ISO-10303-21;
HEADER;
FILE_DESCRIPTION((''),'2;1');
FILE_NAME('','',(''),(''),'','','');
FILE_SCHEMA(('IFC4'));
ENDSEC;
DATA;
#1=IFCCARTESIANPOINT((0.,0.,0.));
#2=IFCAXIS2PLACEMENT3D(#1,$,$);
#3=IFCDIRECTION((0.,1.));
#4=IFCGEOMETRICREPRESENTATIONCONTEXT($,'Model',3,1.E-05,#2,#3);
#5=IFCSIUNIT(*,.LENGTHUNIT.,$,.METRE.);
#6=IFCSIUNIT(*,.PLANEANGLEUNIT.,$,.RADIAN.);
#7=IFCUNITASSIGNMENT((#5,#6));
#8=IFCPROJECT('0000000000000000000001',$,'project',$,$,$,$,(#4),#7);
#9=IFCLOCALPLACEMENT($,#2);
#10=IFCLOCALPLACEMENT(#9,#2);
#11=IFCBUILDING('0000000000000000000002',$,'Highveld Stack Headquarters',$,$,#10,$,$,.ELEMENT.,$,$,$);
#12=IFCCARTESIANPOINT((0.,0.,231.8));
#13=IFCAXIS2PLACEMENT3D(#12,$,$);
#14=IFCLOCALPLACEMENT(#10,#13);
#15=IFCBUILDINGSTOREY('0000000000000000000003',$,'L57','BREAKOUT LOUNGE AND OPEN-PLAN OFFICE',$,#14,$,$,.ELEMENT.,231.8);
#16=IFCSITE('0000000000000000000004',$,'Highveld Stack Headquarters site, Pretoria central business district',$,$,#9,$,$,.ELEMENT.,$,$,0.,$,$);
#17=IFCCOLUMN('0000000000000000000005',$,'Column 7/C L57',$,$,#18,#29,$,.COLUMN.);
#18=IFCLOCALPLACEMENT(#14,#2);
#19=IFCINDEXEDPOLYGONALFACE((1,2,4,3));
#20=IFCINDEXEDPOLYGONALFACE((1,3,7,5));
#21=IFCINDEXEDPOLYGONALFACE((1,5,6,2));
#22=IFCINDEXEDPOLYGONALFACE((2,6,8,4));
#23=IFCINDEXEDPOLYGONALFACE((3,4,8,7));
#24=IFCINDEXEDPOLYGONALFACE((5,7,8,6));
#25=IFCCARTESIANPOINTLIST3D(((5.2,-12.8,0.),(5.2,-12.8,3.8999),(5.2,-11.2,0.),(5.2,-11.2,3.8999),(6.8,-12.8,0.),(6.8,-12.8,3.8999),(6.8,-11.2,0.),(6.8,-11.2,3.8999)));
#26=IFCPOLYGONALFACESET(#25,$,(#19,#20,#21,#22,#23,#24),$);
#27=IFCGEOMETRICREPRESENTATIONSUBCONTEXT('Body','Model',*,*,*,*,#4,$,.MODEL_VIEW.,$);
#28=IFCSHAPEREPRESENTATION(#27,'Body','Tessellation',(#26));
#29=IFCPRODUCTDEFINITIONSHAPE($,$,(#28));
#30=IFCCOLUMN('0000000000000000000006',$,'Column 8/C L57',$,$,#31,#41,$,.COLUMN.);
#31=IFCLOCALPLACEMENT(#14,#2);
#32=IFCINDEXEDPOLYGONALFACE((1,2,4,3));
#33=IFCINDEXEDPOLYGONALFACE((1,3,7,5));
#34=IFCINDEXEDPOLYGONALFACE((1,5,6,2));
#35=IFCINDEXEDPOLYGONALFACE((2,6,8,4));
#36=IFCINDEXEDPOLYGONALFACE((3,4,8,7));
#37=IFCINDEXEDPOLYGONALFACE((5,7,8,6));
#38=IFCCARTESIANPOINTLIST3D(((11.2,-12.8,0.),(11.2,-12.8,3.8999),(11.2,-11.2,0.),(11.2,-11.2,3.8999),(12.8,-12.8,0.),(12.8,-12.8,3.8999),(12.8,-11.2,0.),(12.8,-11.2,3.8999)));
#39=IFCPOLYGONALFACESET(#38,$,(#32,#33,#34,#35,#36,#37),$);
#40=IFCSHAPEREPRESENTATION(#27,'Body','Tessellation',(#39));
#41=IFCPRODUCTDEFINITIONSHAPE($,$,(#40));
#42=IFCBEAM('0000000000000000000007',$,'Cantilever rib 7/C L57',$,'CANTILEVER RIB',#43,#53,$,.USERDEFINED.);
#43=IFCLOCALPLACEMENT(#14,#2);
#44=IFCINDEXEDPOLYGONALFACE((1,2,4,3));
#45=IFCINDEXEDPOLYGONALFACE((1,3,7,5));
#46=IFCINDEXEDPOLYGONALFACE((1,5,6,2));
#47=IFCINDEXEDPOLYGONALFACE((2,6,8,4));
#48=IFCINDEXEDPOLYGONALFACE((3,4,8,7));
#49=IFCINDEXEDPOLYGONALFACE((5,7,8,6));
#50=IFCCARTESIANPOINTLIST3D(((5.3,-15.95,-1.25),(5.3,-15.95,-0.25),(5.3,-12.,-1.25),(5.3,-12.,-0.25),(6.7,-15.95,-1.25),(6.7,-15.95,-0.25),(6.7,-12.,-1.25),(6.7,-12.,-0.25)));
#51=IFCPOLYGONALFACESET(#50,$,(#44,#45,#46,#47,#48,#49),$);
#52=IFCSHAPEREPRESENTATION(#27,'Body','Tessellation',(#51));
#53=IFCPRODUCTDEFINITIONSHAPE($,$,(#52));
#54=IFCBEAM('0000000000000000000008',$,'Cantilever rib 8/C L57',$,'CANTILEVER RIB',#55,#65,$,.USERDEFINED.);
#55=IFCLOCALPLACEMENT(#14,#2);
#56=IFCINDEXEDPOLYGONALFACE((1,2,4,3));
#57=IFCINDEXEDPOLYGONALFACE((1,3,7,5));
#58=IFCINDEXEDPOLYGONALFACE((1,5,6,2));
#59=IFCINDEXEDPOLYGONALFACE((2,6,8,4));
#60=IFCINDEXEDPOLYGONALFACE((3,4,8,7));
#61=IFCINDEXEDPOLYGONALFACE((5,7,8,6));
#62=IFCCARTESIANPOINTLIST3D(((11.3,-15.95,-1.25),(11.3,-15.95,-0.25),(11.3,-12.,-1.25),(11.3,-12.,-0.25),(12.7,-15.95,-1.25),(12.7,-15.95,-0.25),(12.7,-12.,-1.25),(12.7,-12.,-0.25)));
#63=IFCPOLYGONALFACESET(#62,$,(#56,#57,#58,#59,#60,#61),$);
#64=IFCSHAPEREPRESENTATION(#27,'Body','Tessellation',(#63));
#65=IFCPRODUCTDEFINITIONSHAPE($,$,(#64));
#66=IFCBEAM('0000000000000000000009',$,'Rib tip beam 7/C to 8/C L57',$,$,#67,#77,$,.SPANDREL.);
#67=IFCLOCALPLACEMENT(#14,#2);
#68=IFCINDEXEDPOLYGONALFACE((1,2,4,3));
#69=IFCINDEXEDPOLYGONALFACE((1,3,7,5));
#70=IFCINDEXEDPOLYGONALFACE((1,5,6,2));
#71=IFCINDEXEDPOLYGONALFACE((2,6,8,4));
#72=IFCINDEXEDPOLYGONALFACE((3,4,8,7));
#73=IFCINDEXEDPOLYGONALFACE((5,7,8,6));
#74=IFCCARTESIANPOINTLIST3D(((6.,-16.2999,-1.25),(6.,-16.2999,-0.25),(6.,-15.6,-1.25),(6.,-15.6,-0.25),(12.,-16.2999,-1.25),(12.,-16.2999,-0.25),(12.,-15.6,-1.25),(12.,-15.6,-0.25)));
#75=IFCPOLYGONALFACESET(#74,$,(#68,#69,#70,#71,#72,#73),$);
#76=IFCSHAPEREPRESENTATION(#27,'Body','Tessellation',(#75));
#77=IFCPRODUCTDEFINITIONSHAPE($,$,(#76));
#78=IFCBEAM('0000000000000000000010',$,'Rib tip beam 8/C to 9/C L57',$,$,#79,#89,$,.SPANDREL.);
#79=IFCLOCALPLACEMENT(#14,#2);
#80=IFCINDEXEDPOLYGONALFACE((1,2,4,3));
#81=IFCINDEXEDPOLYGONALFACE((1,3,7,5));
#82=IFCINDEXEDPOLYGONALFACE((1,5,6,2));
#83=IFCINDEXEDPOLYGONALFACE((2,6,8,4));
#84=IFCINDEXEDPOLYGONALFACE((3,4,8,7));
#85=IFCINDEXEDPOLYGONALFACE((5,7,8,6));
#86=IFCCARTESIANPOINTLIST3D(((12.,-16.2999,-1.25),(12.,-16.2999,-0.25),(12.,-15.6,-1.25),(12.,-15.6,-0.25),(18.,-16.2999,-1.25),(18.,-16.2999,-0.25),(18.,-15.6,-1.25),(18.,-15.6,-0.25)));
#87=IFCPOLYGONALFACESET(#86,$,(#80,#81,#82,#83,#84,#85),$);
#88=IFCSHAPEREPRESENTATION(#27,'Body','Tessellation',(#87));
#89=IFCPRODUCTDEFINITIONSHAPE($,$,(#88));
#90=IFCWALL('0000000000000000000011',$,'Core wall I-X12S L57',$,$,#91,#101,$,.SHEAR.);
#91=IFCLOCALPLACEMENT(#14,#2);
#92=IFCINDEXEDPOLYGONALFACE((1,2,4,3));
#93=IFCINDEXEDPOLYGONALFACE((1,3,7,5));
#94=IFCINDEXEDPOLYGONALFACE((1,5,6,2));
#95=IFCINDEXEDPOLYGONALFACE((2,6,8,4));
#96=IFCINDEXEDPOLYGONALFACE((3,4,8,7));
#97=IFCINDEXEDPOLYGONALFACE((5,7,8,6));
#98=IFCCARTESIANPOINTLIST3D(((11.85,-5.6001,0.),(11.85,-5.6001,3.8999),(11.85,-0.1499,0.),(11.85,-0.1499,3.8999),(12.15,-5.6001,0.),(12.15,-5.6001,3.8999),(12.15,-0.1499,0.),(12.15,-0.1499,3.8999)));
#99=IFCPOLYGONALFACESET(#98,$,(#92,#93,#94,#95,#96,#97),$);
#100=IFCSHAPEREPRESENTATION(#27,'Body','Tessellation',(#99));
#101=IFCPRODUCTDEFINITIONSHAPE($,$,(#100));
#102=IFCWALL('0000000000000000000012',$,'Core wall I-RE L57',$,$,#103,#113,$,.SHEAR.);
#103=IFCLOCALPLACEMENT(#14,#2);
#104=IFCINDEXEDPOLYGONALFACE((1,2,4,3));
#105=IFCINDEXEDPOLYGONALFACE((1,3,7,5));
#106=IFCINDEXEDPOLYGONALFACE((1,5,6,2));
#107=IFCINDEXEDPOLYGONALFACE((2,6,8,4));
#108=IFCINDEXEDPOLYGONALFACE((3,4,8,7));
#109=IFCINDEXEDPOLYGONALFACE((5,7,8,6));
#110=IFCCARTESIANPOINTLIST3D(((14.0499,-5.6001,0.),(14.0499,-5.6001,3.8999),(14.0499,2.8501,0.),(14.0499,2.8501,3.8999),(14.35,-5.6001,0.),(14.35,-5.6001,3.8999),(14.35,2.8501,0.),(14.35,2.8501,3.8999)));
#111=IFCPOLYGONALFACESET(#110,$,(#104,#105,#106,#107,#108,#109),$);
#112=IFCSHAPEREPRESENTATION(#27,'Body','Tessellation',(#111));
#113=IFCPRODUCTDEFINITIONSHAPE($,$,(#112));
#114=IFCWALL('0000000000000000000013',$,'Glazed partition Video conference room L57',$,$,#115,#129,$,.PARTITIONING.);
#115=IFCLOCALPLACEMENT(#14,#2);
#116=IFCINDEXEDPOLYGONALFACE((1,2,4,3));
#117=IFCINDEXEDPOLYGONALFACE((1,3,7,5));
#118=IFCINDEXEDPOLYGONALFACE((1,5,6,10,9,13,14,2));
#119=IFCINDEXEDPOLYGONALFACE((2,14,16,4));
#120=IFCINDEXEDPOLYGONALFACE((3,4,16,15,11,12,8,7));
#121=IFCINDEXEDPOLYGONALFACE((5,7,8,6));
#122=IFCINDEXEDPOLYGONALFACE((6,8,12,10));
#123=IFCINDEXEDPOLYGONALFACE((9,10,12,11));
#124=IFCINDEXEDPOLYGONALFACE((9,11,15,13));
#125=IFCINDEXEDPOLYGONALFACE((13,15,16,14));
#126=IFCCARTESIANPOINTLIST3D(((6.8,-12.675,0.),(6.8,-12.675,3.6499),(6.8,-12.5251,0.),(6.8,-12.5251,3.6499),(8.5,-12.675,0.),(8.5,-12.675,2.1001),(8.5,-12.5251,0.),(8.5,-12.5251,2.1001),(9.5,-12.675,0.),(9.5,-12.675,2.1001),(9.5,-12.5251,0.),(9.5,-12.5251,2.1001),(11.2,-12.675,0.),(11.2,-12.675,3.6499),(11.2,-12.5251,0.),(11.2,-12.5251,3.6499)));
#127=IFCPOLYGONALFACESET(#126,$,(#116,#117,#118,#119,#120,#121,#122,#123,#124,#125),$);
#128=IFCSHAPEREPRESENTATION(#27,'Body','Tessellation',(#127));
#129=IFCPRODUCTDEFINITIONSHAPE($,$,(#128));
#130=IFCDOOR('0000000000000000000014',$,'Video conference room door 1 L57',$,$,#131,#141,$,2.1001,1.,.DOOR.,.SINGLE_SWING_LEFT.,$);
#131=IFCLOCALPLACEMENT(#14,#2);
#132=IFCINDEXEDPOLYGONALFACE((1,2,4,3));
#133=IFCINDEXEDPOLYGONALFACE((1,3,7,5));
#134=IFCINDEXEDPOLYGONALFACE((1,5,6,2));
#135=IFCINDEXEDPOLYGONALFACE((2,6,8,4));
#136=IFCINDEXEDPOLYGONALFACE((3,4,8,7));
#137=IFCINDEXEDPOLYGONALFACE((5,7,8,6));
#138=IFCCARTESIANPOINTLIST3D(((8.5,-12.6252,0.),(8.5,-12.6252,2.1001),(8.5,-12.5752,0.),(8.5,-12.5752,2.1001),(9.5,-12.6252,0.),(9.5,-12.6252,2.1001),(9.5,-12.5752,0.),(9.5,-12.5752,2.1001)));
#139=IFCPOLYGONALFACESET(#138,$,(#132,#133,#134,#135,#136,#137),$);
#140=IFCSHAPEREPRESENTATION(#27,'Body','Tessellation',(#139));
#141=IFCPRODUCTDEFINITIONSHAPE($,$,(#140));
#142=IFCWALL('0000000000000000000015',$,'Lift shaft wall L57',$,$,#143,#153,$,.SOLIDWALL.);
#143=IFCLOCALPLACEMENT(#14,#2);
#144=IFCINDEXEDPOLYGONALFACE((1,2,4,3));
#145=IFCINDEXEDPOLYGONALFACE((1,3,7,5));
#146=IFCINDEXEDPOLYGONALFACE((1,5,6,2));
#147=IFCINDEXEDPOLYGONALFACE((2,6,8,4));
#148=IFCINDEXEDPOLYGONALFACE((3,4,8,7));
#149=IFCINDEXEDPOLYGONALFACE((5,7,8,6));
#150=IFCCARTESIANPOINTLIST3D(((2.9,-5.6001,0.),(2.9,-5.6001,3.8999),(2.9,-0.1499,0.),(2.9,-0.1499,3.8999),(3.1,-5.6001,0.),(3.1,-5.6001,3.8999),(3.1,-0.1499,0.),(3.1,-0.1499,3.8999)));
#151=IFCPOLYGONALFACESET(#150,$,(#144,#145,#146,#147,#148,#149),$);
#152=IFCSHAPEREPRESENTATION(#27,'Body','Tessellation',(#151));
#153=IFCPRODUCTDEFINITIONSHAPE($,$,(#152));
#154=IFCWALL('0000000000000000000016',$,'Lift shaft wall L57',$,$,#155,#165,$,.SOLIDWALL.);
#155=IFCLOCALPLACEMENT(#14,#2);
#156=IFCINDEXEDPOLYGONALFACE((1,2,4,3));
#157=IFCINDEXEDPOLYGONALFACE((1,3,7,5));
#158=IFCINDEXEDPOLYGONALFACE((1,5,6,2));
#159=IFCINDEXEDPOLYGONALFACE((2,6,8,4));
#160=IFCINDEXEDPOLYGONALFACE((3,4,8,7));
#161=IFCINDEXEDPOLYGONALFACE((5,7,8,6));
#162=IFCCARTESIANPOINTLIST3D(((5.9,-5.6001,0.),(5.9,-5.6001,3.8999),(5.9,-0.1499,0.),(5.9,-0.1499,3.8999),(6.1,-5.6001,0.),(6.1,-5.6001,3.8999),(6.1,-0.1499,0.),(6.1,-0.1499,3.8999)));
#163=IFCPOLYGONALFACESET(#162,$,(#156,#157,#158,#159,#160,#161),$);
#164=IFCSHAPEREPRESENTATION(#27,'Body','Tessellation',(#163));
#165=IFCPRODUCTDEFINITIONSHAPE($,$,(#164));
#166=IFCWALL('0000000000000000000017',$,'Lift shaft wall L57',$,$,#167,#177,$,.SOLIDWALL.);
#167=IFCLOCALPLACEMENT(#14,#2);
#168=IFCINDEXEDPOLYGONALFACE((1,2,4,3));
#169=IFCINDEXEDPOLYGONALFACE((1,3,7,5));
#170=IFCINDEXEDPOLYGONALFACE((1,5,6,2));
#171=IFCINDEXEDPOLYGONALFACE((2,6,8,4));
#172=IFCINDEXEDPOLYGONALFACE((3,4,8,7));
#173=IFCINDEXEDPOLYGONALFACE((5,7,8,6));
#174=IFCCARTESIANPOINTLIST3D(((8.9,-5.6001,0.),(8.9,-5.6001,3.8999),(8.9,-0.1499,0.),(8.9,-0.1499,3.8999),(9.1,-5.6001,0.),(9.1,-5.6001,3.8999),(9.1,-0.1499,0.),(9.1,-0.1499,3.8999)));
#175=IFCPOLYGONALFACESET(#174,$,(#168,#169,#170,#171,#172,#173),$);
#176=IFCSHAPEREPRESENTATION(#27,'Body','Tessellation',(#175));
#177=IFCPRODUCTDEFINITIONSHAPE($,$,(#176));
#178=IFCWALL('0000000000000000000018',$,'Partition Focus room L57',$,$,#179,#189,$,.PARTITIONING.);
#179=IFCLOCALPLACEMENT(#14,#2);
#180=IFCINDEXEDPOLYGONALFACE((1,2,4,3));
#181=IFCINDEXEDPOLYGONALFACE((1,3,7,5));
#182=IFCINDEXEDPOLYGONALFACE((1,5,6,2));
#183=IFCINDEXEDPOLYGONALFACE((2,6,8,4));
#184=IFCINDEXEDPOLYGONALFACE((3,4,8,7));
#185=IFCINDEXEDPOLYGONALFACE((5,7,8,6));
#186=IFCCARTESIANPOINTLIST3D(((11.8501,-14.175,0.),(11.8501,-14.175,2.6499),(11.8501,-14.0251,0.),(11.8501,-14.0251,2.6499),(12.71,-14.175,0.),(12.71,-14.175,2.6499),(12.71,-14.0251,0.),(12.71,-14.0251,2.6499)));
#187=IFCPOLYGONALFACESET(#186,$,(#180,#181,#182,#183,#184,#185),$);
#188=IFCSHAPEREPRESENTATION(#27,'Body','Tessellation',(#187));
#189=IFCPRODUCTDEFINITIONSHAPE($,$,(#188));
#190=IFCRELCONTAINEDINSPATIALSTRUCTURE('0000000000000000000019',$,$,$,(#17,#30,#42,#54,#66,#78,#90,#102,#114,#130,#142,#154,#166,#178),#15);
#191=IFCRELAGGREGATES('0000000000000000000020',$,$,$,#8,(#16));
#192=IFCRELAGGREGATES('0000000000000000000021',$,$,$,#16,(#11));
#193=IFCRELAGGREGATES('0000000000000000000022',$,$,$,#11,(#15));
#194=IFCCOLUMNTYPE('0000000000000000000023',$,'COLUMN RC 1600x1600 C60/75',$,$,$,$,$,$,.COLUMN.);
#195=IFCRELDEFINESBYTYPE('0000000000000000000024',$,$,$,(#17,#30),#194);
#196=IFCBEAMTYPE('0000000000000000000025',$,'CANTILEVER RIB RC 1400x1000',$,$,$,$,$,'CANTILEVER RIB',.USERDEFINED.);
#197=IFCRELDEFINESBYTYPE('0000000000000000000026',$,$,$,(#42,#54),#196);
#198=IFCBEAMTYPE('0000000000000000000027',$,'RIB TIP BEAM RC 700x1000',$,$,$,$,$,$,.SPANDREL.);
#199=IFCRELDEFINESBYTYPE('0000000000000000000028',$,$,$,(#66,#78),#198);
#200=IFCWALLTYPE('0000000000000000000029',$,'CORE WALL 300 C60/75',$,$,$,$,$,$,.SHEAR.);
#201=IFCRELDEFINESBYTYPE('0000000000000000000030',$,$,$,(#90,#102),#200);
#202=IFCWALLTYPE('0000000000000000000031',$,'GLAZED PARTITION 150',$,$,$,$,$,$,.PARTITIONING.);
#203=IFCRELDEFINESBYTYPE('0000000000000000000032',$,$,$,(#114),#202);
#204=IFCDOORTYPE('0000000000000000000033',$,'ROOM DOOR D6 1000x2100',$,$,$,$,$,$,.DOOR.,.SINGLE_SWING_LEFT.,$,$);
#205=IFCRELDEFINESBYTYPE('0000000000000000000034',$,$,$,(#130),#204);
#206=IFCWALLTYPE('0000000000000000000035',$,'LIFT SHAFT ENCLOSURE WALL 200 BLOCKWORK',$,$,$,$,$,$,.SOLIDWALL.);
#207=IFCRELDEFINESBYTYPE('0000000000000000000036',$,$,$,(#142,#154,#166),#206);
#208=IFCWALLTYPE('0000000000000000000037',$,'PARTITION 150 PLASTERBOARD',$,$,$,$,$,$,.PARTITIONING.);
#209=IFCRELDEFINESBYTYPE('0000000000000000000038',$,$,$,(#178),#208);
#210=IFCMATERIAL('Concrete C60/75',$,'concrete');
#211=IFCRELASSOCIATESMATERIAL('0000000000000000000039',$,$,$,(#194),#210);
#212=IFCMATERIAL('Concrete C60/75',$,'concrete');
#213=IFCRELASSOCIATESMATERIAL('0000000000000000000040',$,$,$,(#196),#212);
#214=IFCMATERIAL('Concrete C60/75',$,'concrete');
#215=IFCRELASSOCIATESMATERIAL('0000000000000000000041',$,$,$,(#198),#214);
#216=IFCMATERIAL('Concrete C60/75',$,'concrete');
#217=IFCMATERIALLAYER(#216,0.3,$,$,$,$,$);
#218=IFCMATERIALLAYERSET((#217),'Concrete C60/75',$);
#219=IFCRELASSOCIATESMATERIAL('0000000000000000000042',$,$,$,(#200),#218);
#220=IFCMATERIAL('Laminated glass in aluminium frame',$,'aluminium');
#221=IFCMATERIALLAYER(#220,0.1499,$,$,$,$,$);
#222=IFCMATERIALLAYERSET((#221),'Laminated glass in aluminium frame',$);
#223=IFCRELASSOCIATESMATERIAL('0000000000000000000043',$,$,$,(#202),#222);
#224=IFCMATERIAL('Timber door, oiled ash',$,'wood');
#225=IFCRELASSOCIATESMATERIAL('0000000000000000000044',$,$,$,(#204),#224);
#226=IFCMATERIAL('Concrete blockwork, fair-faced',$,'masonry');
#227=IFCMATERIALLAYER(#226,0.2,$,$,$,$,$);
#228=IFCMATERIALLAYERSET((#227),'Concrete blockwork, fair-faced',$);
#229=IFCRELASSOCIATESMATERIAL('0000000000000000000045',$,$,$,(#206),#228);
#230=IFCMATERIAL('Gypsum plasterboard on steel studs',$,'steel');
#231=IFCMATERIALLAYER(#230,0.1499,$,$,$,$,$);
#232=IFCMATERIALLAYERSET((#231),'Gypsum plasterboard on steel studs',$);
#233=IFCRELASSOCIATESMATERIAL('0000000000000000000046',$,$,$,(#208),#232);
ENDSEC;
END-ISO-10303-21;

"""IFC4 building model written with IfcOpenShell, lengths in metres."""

from ifc_helpers import new_model, si_unit, direction, frame, frame_2d, origin, origin_2d, place, context, subcontext, project, spatial, rectangle, extrude, material, layer, layer_set, material_profile, profile_set, type_object, element, fill, save


model = new_model("IFC4")

# Units and contexts
model_context = context("Model", 3, precision=1e-05, world=origin(), true_north=direction((0.0, 1.0)))
body_context = subcontext(model_context, "Body", "Model", "MODEL_VIEW")
ifc_project = project(units=[si_unit("LENGTHUNIT", "METRE"), si_unit("PLANEANGLEUNIT", "RADIAN")], contexts=[model_context])

# Site, building, storey
site_placement = place(None, origin())
site = spatial("IfcSite", under=ifc_project, at=site_placement, Name="Highveld Stack Headquarters site, Pretoria central business district", CompositionType="ELEMENT", RefElevation=0.0)
building_placement = place(site_placement, origin())
building = spatial("IfcBuilding", under=site, at=building_placement, Name="Highveld Stack Headquarters", CompositionType="ELEMENT")
storey_placement = place(building_placement, frame((0.0, 0.0, 231.8)))
storey = spatial("IfcBuildingStorey", under=building, at=storey_placement, Name="L57", Description="BREAKOUT LOUNGE AND OPEN-PLAN OFFICE", CompositionType="ELEMENT", Elevation=231.8)

# Columns
ifc_material_1 = material(Name="Concrete C60/75", Category="concrete")
ifc_material_profile_1 = material_profile(ifc_material_1, rectangle(XDim=1.6001, YDim=1.6001, at=origin_2d()), Name="RC 1600x1600")
ifc_profile_set_1 = profile_set([ifc_material_profile_1], Name="Concrete C60/75")
column_type = type_object("IfcColumnType", Name="COLUMN RC 1600x1600 C60/75", PredefinedType="COLUMN", material=ifc_profile_set_1)
for number, where, z_axis, x_axis, name in (
    (1, (6.0, -12.0, 0.0), (0.0, 0.0, 1.0), (1.0, 0.0, 0.0), "Column 7/C L57"),
    (2, (12.0, -12.0, 0.0), (0.0, 0.0, 1.0), (1.0, 0.0, 0.0), "Column 8/C L57"),
):
    element("IfcColumn", number, at=place(storey_placement, frame(where, z_axis=z_axis, x_axis=x_axis)), inside=storey, type_object=column_type, Name=name, PredefinedType="COLUMN", context=body_context, shape_type="SweptSolid", body=[
        extrude(rectangle(XDim=1.6001, YDim=1.6001, at=origin_2d()), origin(), (0.0, 0.0, 1.0), 3.8999),
    ])

# Beams
ifc_material_2 = material(Name="Concrete C60/75", Category="concrete")
ifc_material_profile_2 = material_profile(ifc_material_2, rectangle(XDim=1.3999, YDim=1.0, at=origin_2d()), Name="RC 1400x1000")
ifc_profile_set_2 = profile_set([ifc_material_profile_2], Name="Concrete C60/75")
beam_type_1 = type_object("IfcBeamType", Name="CANTILEVER RIB RC 1400x1000", ElementType="CANTILEVER RIB", PredefinedType="USERDEFINED", material=ifc_profile_set_2)
for number, where, z_axis, x_axis, name in (
    (3, (6.0, -12.0, -0.75), (0.0, -1.0, 0.0), (1.0, 0.0, 0.0), "Cantilever rib 7/C L57"),
    (4, (12.0, -12.0, -0.75), (0.0, -1.0, 0.0), (1.0, 0.0, 0.0), "Cantilever rib 8/C L57"),
):
    element("IfcBeam", number, at=place(storey_placement, frame(where, z_axis=z_axis, x_axis=x_axis)), inside=storey, type_object=beam_type_1, Name=name, ObjectType="CANTILEVER RIB", PredefinedType="USERDEFINED", context=body_context, shape_type="SweptSolid", body=[
        extrude(rectangle(XDim=1.3999, YDim=1.0, at=origin_2d()), origin(), (0.0, 0.0, 1.0), 3.95),
    ])
ifc_material_3 = material(Name="Concrete C60/75", Category="concrete")
ifc_material_profile_3 = material_profile(ifc_material_3, rectangle(XDim=0.7, YDim=1.0, at=origin_2d()), Name="RC 700x1000")
ifc_profile_set_3 = profile_set([ifc_material_profile_3], Name="Concrete C60/75")
beam_type_2 = type_object("IfcBeamType", Name="RIB TIP BEAM RC 700x1000", PredefinedType="SPANDREL", material=ifc_profile_set_3)
for number, where, z_axis, x_axis, name in (
    (5, (6.0, -15.95, -0.75), (1.0, 0.0, 0.0), (0.0, 1.0, 0.0), "Rib tip beam 7/C to 8/C L57"),
    (6, (12.0, -15.95, -0.75), (1.0, 0.0, 0.0), (0.0, 1.0, 0.0), "Rib tip beam 8/C to 9/C L57"),
):
    element("IfcBeam", number, at=place(storey_placement, frame(where, z_axis=z_axis, x_axis=x_axis)), inside=storey, type_object=beam_type_2, Name=name, PredefinedType="SPANDREL", context=body_context, shape_type="SweptSolid", body=[
        extrude(rectangle(XDim=0.7, YDim=1.0, at=origin_2d()), origin(), (0.0, 0.0, 1.0), 6.0),
    ])

# Walls
ifc_material_4 = material(Name="Concrete C60/75", Category="concrete")
ifc_layer_1 = layer(ifc_material_4, 0.3)
ifc_layer_set_1 = layer_set([ifc_layer_1], Name="Concrete C60/75")
wall_type_1 = type_object("IfcWallType", Name="CORE WALL 300 C60/75", PredefinedType="SHEAR", material=ifc_layer_set_1)
wall_1_placement = place(storey_placement, frame((12.0, -5.6001, 0.0), z_axis=(0.0, 0.0, 1.0), x_axis=(0.0, 1.0, 0.0)))
element("IfcWall", 7, at=wall_1_placement, inside=storey, type_object=wall_type_1, Name="Core wall I-X12S L57", PredefinedType="SHEAR", context=body_context, shape_type="SweptSolid", body=[
    extrude(rectangle(XDim=5.4502, YDim=0.3, at=frame_2d((2.7251, 0.0))), origin(), (0.0, 0.0, 1.0), 3.8999),
])
wall_2_placement = place(storey_placement, frame((14.2, -5.6001, 0.0), z_axis=(0.0, 0.0, 1.0), x_axis=(0.0, 1.0, 0.0)))
element("IfcWall", 8, at=wall_2_placement, inside=storey, type_object=wall_type_1, Name="Core wall I-RE L57", PredefinedType="SHEAR", context=body_context, shape_type="SweptSolid", body=[
    extrude(rectangle(XDim=8.4502, YDim=0.3, at=frame_2d((4.2251, 0.0))), origin(), (0.0, 0.0, 1.0), 3.8999),
])

# Wall, opening, door
ifc_material_5 = material(Name="Laminated glass in aluminium frame", Category="aluminium")
ifc_layer_2 = layer(ifc_material_5, 0.1499)
ifc_layer_set_2 = layer_set([ifc_layer_2], Name="Laminated glass in aluminium frame")
wall_type_2 = type_object("IfcWallType", Name="GLAZED PARTITION 150", PredefinedType="PARTITIONING", material=ifc_layer_set_2)
wall_3_placement = place(storey_placement, frame((6.8, -12.6001, 0.0), z_axis=(0.0, 0.0, 1.0), x_axis=(1.0, 0.0, 0.0)))
wall_3 = element("IfcWall", 9, at=wall_3_placement, inside=storey, type_object=wall_type_2, Name="Glazed partition Video conference room L57", PredefinedType="PARTITIONING", context=body_context, shape_type="SweptSolid", body=[
    extrude(rectangle(XDim=4.3999, YDim=0.1499, at=frame_2d((2.2, 0.0))), origin(), (0.0, 0.0, 1.0), 3.6499),
])
opening_1_placement = place(wall_3_placement, frame((1.7, 0.0, 0.0)))
opening_1 = element("IfcOpeningElement", 10, at=opening_1_placement, cuts=wall_3, PredefinedType="OPENING", context=body_context, shape_type="SweptSolid", body=[
    extrude(rectangle(XDim=1.0, YDim=2.1001, at=frame_2d((0.5, 1.05))), frame((0.0, 0.085, 0.0), z_axis=(0.0, -1.0, 0.0), x_axis=(1.0, 0.0, 0.0)), (0.0, 0.0, 1.0), 0.1699),
])
ifc_material_6 = material(Name="Timber door, oiled ash", Category="wood")
door_type = type_object("IfcDoorType", Name="ROOM DOOR D6 1000x2100", OperationType="SINGLE_SWING_LEFT", PredefinedType="DOOR", material=ifc_material_6)
door_1_placement = place(opening_1_placement, origin())
door_1 = element("IfcDoor", 11, at=door_1_placement, inside=storey, type_object=door_type, Name="Video conference room door 1 L57", OperationType="SINGLE_SWING_LEFT", OverallHeight=2.1001, OverallWidth=1.0, PredefinedType="DOOR", context=body_context, shape_type="SweptSolid", body=[
    extrude(rectangle(XDim=1.0, YDim=2.1001, at=frame_2d((0.5, 1.05))), frame((0.0, 0.0249, 0.0), z_axis=(0.0, -1.0, 0.0), x_axis=(1.0, 0.0, 0.0)), (0.0, 0.0, 1.0), 0.05),
])
fill(opening_1, door_1)

# Walls
ifc_material_7 = material(Name="Concrete blockwork, fair-faced", Category="masonry")
ifc_layer_3 = layer(ifc_material_7, 0.2)
ifc_layer_set_3 = layer_set([ifc_layer_3], Name="Concrete blockwork, fair-faced")
wall_type_3 = type_object("IfcWallType", Name="LIFT SHAFT ENCLOSURE WALL 200 BLOCKWORK", PredefinedType="SOLIDWALL", material=ifc_layer_set_3)
for number, where, z_axis, x_axis, name in (
    (12, (3.0, -5.6001, 0.0), (0.0, 0.0, 1.0), (0.0, 1.0, 0.0), "Lift shaft wall L57"),
    (13, (6.0, -5.6001, 0.0), (0.0, 0.0, 1.0), (0.0, 1.0, 0.0), "Lift shaft wall L57"),
    (14, (9.0, -5.6001, 0.0), (0.0, 0.0, 1.0), (0.0, 1.0, 0.0), "Lift shaft wall L57"),
):
    element("IfcWall", number, at=place(storey_placement, frame(where, z_axis=z_axis, x_axis=x_axis)), inside=storey, type_object=wall_type_3, Name=name, PredefinedType="SOLIDWALL", context=body_context, shape_type="SweptSolid", body=[
        extrude(rectangle(XDim=5.4502, YDim=0.2, at=frame_2d((2.7251, 0.0))), origin(), (0.0, 0.0, 1.0), 3.8999),
    ])
ifc_material_8 = material(Name="Gypsum plasterboard on steel studs", Category="steel")
ifc_layer_4 = layer(ifc_material_8, 0.1499)
ifc_layer_set_4 = layer_set([ifc_layer_4], Name="Gypsum plasterboard on steel studs")
wall_type_4 = type_object("IfcWallType", Name="PARTITION 150 PLASTERBOARD", PredefinedType="PARTITIONING", material=ifc_layer_set_4)
wall_4_placement = place(storey_placement, frame((11.8501, -14.1001, 0.0), z_axis=(0.0, 0.0, 1.0), x_axis=(1.0, 0.0, 0.0)))
element("IfcWall", 15, at=wall_4_placement, inside=storey, type_object=wall_type_4, Name="Partition Focus room L57", PredefinedType="PARTITIONING", context=body_context, shape_type="SweptSolid", body=[
    extrude(rectangle(XDim=0.8599, YDim=0.1499, at=frame_2d((0.4299, 0.0))), origin(), (0.0, 0.0, 1.0), 2.6499),
])

save(model, "model.ifc")
